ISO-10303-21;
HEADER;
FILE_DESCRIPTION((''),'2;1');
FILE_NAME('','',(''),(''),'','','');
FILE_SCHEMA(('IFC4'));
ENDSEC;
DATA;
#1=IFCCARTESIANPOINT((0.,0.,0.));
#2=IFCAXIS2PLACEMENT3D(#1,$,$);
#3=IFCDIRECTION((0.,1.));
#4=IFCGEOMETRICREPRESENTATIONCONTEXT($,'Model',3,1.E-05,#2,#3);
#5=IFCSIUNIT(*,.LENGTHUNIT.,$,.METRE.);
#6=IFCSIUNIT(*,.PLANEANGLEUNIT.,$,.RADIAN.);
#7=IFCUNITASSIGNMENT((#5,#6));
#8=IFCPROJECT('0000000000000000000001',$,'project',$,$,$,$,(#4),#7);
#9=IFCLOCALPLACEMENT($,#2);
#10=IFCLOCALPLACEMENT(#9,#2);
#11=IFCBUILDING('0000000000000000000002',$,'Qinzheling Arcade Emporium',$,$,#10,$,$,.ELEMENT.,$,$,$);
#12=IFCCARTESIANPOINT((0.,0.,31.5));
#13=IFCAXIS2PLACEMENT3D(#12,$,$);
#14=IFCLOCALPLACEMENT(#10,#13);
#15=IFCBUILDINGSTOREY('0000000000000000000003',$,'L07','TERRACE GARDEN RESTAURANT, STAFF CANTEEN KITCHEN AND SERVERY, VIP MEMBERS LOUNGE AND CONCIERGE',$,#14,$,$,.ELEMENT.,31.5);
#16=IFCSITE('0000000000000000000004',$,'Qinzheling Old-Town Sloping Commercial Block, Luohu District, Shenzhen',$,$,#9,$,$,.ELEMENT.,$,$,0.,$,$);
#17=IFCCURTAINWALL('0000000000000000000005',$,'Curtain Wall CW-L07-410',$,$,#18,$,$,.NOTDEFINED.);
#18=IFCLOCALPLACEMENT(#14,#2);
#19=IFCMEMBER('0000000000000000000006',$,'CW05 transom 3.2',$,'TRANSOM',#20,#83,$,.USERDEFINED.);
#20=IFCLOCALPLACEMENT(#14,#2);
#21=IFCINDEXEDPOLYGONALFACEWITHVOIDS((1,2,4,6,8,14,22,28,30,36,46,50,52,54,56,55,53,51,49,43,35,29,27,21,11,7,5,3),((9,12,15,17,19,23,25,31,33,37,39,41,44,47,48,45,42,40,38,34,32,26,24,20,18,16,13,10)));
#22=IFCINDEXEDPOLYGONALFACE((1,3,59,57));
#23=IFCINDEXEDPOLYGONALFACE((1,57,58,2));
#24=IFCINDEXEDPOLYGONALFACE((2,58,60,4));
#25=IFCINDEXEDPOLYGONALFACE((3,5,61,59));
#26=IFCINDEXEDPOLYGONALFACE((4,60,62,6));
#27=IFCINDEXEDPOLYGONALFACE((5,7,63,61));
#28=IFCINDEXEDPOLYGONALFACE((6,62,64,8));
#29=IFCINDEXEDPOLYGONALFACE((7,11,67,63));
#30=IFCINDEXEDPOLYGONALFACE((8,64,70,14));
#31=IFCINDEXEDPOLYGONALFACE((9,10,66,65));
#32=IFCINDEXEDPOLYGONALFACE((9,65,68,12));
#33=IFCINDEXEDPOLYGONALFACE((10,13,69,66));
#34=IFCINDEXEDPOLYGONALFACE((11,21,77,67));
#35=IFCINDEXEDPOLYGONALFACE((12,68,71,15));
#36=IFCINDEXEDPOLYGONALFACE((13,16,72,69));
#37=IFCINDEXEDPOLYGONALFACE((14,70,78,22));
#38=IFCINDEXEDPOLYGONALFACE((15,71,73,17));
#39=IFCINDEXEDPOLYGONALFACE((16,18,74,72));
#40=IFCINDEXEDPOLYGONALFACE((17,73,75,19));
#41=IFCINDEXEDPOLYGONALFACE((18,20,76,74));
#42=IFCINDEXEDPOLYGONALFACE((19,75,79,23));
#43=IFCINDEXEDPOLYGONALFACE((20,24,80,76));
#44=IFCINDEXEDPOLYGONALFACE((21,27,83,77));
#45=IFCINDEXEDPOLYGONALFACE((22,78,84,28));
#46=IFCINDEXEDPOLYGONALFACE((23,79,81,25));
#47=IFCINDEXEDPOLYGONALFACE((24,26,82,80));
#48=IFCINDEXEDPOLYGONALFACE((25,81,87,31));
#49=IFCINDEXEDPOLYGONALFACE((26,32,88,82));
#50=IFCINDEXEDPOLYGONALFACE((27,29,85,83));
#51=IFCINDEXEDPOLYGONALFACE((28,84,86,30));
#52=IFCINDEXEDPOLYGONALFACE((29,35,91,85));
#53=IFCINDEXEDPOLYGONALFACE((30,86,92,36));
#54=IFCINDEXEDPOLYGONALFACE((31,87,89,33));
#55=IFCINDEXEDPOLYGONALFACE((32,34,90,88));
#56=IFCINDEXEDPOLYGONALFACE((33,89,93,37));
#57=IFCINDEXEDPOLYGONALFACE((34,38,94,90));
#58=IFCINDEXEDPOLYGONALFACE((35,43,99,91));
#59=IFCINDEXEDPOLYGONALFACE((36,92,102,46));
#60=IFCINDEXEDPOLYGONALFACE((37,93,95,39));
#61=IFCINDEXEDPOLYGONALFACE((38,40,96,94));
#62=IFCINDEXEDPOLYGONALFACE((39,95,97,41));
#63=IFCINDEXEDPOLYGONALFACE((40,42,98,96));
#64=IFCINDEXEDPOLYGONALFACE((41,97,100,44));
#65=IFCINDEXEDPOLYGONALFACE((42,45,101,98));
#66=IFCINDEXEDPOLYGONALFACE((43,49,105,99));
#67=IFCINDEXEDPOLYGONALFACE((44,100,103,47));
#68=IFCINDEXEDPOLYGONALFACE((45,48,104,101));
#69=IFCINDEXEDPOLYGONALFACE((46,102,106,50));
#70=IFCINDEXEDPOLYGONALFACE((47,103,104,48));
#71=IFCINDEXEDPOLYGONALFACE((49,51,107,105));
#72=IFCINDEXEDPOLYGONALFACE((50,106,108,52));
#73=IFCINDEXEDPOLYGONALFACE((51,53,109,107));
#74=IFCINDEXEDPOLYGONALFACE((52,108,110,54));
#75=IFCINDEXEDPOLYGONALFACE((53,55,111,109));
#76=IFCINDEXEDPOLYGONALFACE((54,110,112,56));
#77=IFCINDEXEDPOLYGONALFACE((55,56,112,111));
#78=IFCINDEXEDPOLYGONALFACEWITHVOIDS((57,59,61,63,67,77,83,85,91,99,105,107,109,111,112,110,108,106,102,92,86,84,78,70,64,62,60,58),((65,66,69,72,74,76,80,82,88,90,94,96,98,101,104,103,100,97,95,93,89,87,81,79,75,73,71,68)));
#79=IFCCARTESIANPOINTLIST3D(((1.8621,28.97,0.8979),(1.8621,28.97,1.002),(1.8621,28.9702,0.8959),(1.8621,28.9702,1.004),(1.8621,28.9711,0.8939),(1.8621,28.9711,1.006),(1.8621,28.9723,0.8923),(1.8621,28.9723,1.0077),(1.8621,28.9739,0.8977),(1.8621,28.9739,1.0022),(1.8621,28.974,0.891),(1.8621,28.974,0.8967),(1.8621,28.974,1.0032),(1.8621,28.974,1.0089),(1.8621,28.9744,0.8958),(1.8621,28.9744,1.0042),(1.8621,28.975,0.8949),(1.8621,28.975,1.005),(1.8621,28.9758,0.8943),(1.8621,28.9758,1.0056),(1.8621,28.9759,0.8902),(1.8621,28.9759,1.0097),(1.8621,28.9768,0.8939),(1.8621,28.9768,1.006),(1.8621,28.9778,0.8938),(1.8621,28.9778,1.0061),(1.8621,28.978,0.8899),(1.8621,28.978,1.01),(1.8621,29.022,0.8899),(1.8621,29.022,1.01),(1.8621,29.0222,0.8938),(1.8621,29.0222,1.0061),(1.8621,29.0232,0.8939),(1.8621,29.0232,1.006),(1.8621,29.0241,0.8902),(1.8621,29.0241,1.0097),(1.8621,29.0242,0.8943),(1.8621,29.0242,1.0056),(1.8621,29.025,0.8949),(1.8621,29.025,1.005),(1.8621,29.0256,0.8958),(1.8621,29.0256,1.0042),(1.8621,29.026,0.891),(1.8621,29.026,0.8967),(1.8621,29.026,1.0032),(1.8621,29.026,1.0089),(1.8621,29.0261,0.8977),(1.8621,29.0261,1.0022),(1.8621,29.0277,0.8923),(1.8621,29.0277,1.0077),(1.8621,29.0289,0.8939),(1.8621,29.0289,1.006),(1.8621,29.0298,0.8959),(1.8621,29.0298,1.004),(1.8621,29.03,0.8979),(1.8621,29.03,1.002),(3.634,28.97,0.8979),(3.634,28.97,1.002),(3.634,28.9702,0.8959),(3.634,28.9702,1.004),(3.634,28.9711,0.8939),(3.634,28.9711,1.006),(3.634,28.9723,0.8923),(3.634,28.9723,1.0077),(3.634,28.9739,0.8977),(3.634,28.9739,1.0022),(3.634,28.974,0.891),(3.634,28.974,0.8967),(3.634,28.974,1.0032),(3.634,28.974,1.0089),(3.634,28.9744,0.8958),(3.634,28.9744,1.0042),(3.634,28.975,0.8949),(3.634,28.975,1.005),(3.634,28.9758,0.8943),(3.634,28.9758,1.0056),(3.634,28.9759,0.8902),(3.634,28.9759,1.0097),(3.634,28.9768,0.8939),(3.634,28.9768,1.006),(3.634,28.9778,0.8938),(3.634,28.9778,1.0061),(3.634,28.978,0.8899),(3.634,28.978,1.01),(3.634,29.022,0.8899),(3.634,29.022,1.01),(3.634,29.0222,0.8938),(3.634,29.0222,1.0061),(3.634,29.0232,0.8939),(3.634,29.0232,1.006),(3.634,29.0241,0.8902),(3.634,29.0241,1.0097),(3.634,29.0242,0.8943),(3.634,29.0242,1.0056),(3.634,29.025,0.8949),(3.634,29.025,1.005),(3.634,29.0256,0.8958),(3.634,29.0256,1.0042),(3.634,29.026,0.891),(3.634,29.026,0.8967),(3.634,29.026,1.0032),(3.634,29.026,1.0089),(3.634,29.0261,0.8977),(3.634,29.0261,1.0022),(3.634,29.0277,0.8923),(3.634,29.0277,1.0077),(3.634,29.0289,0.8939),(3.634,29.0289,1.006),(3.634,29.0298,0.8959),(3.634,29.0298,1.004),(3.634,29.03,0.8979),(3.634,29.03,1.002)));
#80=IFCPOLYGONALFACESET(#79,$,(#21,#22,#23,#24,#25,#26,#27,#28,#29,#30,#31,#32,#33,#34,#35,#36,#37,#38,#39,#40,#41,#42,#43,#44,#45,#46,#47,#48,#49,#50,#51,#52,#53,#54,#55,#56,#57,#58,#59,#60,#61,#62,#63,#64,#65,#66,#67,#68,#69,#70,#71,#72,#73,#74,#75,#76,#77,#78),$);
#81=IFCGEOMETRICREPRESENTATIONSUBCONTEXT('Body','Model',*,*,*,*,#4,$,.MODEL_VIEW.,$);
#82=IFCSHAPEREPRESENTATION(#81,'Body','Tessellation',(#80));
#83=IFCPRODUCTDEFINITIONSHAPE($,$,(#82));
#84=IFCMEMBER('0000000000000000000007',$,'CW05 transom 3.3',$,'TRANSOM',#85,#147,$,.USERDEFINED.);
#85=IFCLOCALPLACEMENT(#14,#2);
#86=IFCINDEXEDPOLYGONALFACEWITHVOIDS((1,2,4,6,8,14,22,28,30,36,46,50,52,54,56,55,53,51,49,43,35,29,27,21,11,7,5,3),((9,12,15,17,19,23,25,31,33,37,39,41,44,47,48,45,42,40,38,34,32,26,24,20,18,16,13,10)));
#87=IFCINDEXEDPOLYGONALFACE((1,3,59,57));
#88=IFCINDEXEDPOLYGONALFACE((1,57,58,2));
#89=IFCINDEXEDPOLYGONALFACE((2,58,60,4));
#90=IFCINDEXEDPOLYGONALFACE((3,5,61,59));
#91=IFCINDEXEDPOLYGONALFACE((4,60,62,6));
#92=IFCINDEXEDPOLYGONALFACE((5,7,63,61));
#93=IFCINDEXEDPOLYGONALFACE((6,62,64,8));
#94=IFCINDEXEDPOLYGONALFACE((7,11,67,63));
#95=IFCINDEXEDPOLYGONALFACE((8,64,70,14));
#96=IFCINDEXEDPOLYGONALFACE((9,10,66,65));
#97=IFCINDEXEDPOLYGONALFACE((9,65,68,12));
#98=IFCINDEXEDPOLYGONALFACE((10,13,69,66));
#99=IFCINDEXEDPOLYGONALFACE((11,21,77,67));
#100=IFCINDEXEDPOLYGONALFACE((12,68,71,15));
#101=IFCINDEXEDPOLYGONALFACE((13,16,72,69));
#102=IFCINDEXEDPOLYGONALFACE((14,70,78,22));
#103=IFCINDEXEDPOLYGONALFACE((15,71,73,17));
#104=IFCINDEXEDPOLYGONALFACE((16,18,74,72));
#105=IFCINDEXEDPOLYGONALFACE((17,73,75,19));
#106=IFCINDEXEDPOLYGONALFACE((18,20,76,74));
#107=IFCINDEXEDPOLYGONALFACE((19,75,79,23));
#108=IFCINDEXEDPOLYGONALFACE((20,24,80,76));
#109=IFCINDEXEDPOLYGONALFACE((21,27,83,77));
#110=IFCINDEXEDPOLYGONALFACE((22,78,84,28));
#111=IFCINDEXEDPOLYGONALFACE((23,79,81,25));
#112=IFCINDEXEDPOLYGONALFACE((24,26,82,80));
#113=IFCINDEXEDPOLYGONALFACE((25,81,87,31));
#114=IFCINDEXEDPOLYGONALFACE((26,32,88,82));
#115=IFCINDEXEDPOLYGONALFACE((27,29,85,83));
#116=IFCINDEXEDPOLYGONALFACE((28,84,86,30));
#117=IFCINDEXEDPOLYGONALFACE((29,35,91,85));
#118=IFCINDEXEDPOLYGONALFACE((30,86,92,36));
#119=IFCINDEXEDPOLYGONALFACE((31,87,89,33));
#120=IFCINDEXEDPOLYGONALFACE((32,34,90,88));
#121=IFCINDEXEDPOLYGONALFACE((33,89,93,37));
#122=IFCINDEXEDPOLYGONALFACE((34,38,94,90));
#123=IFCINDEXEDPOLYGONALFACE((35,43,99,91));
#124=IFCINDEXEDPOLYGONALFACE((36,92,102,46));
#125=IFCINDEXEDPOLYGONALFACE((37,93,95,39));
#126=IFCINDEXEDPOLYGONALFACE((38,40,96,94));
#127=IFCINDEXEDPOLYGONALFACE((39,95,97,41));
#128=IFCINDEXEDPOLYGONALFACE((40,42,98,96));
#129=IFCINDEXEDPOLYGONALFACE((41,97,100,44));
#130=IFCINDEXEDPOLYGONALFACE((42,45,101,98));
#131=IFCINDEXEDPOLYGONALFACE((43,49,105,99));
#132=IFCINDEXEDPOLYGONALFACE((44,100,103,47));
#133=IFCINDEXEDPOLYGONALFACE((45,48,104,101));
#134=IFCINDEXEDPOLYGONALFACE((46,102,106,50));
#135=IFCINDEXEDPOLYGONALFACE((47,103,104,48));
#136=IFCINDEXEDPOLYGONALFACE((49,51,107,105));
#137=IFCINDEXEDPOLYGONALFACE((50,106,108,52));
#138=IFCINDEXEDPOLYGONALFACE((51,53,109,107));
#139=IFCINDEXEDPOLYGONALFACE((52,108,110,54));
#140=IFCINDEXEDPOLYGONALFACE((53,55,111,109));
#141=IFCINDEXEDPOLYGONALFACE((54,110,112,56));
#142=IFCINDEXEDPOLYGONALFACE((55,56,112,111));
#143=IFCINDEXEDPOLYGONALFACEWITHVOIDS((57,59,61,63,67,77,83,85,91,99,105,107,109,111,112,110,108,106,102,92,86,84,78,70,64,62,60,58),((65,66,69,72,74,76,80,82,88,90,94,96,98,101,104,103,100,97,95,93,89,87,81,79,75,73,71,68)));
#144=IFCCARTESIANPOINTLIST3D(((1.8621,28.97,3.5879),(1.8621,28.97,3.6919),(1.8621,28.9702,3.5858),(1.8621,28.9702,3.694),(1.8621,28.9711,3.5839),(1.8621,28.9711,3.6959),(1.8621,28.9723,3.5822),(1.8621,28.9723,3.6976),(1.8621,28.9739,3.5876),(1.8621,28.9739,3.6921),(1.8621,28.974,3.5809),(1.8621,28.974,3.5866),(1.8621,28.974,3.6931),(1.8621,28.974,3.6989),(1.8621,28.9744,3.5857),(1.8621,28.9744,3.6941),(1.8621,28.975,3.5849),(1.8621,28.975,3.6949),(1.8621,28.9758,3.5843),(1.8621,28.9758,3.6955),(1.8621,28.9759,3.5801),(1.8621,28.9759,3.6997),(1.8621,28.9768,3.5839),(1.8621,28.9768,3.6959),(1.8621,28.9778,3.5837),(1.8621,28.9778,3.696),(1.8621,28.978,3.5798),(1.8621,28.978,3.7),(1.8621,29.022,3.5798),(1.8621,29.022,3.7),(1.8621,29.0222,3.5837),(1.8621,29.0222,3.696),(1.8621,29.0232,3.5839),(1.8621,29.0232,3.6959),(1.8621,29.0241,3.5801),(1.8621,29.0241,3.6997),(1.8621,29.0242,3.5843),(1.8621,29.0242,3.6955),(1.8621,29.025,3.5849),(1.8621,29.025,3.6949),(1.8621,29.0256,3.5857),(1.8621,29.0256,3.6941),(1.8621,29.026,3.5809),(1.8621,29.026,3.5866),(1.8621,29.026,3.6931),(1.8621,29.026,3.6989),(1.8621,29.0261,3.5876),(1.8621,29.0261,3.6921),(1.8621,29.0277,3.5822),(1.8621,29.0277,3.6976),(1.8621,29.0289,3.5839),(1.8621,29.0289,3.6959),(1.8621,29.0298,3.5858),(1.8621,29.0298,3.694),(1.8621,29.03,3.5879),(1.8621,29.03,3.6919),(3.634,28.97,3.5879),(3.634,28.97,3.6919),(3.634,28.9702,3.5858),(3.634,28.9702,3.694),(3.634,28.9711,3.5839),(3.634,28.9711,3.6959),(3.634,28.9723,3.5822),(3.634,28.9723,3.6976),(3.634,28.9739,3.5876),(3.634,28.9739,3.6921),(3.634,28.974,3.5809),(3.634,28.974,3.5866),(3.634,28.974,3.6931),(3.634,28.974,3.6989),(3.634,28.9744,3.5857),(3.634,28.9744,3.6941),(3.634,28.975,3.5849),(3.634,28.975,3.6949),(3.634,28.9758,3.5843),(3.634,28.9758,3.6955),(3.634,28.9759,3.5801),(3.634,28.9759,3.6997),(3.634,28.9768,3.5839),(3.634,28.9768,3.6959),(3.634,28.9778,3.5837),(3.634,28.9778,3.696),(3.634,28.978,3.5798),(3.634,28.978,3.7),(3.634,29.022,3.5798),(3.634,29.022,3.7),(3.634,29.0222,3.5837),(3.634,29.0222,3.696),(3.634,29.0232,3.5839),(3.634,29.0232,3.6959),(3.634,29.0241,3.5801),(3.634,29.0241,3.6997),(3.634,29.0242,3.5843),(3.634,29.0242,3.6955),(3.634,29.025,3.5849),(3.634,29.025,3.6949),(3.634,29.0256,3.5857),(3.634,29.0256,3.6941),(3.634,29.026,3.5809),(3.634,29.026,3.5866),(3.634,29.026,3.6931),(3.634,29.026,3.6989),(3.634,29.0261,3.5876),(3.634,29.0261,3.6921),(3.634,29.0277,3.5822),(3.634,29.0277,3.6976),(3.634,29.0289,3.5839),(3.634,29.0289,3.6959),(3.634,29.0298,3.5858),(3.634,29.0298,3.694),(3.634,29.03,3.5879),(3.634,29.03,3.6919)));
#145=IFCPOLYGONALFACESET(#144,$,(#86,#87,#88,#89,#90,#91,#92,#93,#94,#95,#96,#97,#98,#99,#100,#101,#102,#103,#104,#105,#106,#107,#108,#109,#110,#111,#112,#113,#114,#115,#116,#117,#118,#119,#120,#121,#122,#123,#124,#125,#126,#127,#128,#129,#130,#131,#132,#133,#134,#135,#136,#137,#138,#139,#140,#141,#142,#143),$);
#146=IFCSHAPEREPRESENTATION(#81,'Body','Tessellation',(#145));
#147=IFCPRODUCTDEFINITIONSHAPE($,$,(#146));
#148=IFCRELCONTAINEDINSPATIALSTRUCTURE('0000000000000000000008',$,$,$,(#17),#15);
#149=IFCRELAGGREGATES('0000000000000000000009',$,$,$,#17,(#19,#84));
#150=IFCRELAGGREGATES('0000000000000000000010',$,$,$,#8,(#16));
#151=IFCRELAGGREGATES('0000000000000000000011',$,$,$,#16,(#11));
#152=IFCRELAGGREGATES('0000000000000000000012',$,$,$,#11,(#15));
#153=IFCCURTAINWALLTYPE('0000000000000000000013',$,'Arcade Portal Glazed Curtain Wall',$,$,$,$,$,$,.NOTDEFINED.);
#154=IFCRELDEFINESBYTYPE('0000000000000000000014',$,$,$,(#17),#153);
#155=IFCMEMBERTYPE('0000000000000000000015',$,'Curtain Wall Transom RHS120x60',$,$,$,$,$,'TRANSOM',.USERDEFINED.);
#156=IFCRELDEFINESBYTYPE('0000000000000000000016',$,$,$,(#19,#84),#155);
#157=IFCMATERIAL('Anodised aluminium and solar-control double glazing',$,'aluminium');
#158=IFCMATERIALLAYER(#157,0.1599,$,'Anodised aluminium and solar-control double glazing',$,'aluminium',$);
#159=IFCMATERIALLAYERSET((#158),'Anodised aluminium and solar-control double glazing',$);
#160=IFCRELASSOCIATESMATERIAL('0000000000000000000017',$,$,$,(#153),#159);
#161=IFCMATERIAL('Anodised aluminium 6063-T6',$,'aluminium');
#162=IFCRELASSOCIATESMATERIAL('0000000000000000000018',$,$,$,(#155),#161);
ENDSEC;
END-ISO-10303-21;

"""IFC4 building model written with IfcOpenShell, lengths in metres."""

from ifc_helpers import new_model, si_unit, direction, frame, origin, origin_2d, place, context, subcontext, project, spatial, hollow_rectangle, extrude, material, layer, layer_set, material_profile, profile_set, type_object, element, aggregate, save


model = new_model("IFC4")

# Units and contexts
model_context = context("Model", 3, precision=1e-05, world=origin(), true_north=direction((0.0, 1.0)))
body_context = subcontext(model_context, "Body", "Model", "MODEL_VIEW")
ifc_project = project(units=[si_unit("LENGTHUNIT", "METRE"), si_unit("PLANEANGLEUNIT", "RADIAN")], contexts=[model_context])

# Site, building, storey
site_placement = place(None, origin())
site = spatial("IfcSite", under=ifc_project, at=site_placement, Name="Qinzheling Old-Town Sloping Commercial Block, Luohu District, Shenzhen", CompositionType="ELEMENT", RefElevation=0.0)
building_placement = place(site_placement, origin())
building = spatial("IfcBuilding", under=site, at=building_placement, Name="Qinzheling Arcade Emporium", CompositionType="ELEMENT")
storey_placement = place(building_placement, frame((0.0, 0.0, 31.5)))
storey = spatial("IfcBuildingStorey", under=building, at=storey_placement, Name="L07", Description="TERRACE GARDEN RESTAURANT, STAFF CANTEEN KITCHEN AND SERVERY, VIP MEMBERS LOUNGE AND CONCIERGE", CompositionType="ELEMENT", Elevation=31.5)

# Curtain wall, members
ifc_material_1 = material(Name="Anodised aluminium and solar-control double glazing", Category="aluminium")
ifc_layer_1 = layer(ifc_material_1, 0.1599, Name="Anodised aluminium and solar-control double glazing", Category="aluminium")
ifc_layer_set_1 = layer_set([ifc_layer_1], Name="Anodised aluminium and solar-control double glazing")
curtain_wall_type = type_object("IfcCurtainWallType", Name="Arcade Portal Glazed Curtain Wall", PredefinedType="NOTDEFINED", material=ifc_layer_set_1)
curtain_wall_placement = place(storey_placement, origin())
curtain_wall = element("IfcCurtainWall", 1, at=curtain_wall_placement, inside=storey, type_object=curtain_wall_type, Name="Curtain Wall CW-L07-410", PredefinedType="NOTDEFINED")
ifc_material_2 = material(Name="Anodised aluminium 6063-T6", Category="aluminium")
ifc_material_profile_1 = material_profile(ifc_material_2, hollow_rectangle(XDim=0.0601, YDim=0.1201, WallThickness=0.0039, InnerFilletRadius=0.0039, OuterFilletRadius=0.0081, at=origin_2d()), Name="RHS 120x60x4", Category="aluminium")
ifc_profile_set_1 = profile_set([ifc_material_profile_1], Name="Anodised aluminium 6063-T6")
member_type_1 = type_object("IfcMemberType", Name="Curtain Wall Transom RHS120x60", ElementType="TRANSOM", PredefinedType="USERDEFINED", material=ifc_profile_set_1)
member_1_placement = place(storey_placement, frame((3.634, 29.0, 0.95), z_axis=(-1.0, 0.0, 0.0), x_axis=(0.0, -1.0, 0.0)))
member_1 = element("IfcMember", 2, at=member_1_placement, type_object=member_type_1, Name="CW05 transom 3.2", ObjectType="TRANSOM", PredefinedType="USERDEFINED", context=body_context, shape_type="SweptSolid", body=[
    extrude(hollow_rectangle(XDim=0.0601, YDim=0.1201, WallThickness=0.0039, InnerFilletRadius=0.0039, OuterFilletRadius=0.0081, at=origin_2d()), origin(), (0.0, 0.0, 1.0), 1.772),
])
member_2_placement = place(storey_placement, frame((3.634, 29.0, 3.6399), z_axis=(-1.0, 0.0, 0.0), x_axis=(0.0, -1.0, 0.0)))
member_2 = element("IfcMember", 3, at=member_2_placement, type_object=member_type_1, Name="CW05 transom 3.3", ObjectType="TRANSOM", PredefinedType="USERDEFINED", context=body_context, shape_type="SweptSolid", body=[
    extrude(hollow_rectangle(XDim=0.0601, YDim=0.1201, WallThickness=0.0039, InnerFilletRadius=0.0039, OuterFilletRadius=0.0081, at=origin_2d()), origin(), (0.0, 0.0, 1.0), 1.772),
])
aggregate(curtain_wall, [member_1, member_2])

save(model, "model.ifc")
